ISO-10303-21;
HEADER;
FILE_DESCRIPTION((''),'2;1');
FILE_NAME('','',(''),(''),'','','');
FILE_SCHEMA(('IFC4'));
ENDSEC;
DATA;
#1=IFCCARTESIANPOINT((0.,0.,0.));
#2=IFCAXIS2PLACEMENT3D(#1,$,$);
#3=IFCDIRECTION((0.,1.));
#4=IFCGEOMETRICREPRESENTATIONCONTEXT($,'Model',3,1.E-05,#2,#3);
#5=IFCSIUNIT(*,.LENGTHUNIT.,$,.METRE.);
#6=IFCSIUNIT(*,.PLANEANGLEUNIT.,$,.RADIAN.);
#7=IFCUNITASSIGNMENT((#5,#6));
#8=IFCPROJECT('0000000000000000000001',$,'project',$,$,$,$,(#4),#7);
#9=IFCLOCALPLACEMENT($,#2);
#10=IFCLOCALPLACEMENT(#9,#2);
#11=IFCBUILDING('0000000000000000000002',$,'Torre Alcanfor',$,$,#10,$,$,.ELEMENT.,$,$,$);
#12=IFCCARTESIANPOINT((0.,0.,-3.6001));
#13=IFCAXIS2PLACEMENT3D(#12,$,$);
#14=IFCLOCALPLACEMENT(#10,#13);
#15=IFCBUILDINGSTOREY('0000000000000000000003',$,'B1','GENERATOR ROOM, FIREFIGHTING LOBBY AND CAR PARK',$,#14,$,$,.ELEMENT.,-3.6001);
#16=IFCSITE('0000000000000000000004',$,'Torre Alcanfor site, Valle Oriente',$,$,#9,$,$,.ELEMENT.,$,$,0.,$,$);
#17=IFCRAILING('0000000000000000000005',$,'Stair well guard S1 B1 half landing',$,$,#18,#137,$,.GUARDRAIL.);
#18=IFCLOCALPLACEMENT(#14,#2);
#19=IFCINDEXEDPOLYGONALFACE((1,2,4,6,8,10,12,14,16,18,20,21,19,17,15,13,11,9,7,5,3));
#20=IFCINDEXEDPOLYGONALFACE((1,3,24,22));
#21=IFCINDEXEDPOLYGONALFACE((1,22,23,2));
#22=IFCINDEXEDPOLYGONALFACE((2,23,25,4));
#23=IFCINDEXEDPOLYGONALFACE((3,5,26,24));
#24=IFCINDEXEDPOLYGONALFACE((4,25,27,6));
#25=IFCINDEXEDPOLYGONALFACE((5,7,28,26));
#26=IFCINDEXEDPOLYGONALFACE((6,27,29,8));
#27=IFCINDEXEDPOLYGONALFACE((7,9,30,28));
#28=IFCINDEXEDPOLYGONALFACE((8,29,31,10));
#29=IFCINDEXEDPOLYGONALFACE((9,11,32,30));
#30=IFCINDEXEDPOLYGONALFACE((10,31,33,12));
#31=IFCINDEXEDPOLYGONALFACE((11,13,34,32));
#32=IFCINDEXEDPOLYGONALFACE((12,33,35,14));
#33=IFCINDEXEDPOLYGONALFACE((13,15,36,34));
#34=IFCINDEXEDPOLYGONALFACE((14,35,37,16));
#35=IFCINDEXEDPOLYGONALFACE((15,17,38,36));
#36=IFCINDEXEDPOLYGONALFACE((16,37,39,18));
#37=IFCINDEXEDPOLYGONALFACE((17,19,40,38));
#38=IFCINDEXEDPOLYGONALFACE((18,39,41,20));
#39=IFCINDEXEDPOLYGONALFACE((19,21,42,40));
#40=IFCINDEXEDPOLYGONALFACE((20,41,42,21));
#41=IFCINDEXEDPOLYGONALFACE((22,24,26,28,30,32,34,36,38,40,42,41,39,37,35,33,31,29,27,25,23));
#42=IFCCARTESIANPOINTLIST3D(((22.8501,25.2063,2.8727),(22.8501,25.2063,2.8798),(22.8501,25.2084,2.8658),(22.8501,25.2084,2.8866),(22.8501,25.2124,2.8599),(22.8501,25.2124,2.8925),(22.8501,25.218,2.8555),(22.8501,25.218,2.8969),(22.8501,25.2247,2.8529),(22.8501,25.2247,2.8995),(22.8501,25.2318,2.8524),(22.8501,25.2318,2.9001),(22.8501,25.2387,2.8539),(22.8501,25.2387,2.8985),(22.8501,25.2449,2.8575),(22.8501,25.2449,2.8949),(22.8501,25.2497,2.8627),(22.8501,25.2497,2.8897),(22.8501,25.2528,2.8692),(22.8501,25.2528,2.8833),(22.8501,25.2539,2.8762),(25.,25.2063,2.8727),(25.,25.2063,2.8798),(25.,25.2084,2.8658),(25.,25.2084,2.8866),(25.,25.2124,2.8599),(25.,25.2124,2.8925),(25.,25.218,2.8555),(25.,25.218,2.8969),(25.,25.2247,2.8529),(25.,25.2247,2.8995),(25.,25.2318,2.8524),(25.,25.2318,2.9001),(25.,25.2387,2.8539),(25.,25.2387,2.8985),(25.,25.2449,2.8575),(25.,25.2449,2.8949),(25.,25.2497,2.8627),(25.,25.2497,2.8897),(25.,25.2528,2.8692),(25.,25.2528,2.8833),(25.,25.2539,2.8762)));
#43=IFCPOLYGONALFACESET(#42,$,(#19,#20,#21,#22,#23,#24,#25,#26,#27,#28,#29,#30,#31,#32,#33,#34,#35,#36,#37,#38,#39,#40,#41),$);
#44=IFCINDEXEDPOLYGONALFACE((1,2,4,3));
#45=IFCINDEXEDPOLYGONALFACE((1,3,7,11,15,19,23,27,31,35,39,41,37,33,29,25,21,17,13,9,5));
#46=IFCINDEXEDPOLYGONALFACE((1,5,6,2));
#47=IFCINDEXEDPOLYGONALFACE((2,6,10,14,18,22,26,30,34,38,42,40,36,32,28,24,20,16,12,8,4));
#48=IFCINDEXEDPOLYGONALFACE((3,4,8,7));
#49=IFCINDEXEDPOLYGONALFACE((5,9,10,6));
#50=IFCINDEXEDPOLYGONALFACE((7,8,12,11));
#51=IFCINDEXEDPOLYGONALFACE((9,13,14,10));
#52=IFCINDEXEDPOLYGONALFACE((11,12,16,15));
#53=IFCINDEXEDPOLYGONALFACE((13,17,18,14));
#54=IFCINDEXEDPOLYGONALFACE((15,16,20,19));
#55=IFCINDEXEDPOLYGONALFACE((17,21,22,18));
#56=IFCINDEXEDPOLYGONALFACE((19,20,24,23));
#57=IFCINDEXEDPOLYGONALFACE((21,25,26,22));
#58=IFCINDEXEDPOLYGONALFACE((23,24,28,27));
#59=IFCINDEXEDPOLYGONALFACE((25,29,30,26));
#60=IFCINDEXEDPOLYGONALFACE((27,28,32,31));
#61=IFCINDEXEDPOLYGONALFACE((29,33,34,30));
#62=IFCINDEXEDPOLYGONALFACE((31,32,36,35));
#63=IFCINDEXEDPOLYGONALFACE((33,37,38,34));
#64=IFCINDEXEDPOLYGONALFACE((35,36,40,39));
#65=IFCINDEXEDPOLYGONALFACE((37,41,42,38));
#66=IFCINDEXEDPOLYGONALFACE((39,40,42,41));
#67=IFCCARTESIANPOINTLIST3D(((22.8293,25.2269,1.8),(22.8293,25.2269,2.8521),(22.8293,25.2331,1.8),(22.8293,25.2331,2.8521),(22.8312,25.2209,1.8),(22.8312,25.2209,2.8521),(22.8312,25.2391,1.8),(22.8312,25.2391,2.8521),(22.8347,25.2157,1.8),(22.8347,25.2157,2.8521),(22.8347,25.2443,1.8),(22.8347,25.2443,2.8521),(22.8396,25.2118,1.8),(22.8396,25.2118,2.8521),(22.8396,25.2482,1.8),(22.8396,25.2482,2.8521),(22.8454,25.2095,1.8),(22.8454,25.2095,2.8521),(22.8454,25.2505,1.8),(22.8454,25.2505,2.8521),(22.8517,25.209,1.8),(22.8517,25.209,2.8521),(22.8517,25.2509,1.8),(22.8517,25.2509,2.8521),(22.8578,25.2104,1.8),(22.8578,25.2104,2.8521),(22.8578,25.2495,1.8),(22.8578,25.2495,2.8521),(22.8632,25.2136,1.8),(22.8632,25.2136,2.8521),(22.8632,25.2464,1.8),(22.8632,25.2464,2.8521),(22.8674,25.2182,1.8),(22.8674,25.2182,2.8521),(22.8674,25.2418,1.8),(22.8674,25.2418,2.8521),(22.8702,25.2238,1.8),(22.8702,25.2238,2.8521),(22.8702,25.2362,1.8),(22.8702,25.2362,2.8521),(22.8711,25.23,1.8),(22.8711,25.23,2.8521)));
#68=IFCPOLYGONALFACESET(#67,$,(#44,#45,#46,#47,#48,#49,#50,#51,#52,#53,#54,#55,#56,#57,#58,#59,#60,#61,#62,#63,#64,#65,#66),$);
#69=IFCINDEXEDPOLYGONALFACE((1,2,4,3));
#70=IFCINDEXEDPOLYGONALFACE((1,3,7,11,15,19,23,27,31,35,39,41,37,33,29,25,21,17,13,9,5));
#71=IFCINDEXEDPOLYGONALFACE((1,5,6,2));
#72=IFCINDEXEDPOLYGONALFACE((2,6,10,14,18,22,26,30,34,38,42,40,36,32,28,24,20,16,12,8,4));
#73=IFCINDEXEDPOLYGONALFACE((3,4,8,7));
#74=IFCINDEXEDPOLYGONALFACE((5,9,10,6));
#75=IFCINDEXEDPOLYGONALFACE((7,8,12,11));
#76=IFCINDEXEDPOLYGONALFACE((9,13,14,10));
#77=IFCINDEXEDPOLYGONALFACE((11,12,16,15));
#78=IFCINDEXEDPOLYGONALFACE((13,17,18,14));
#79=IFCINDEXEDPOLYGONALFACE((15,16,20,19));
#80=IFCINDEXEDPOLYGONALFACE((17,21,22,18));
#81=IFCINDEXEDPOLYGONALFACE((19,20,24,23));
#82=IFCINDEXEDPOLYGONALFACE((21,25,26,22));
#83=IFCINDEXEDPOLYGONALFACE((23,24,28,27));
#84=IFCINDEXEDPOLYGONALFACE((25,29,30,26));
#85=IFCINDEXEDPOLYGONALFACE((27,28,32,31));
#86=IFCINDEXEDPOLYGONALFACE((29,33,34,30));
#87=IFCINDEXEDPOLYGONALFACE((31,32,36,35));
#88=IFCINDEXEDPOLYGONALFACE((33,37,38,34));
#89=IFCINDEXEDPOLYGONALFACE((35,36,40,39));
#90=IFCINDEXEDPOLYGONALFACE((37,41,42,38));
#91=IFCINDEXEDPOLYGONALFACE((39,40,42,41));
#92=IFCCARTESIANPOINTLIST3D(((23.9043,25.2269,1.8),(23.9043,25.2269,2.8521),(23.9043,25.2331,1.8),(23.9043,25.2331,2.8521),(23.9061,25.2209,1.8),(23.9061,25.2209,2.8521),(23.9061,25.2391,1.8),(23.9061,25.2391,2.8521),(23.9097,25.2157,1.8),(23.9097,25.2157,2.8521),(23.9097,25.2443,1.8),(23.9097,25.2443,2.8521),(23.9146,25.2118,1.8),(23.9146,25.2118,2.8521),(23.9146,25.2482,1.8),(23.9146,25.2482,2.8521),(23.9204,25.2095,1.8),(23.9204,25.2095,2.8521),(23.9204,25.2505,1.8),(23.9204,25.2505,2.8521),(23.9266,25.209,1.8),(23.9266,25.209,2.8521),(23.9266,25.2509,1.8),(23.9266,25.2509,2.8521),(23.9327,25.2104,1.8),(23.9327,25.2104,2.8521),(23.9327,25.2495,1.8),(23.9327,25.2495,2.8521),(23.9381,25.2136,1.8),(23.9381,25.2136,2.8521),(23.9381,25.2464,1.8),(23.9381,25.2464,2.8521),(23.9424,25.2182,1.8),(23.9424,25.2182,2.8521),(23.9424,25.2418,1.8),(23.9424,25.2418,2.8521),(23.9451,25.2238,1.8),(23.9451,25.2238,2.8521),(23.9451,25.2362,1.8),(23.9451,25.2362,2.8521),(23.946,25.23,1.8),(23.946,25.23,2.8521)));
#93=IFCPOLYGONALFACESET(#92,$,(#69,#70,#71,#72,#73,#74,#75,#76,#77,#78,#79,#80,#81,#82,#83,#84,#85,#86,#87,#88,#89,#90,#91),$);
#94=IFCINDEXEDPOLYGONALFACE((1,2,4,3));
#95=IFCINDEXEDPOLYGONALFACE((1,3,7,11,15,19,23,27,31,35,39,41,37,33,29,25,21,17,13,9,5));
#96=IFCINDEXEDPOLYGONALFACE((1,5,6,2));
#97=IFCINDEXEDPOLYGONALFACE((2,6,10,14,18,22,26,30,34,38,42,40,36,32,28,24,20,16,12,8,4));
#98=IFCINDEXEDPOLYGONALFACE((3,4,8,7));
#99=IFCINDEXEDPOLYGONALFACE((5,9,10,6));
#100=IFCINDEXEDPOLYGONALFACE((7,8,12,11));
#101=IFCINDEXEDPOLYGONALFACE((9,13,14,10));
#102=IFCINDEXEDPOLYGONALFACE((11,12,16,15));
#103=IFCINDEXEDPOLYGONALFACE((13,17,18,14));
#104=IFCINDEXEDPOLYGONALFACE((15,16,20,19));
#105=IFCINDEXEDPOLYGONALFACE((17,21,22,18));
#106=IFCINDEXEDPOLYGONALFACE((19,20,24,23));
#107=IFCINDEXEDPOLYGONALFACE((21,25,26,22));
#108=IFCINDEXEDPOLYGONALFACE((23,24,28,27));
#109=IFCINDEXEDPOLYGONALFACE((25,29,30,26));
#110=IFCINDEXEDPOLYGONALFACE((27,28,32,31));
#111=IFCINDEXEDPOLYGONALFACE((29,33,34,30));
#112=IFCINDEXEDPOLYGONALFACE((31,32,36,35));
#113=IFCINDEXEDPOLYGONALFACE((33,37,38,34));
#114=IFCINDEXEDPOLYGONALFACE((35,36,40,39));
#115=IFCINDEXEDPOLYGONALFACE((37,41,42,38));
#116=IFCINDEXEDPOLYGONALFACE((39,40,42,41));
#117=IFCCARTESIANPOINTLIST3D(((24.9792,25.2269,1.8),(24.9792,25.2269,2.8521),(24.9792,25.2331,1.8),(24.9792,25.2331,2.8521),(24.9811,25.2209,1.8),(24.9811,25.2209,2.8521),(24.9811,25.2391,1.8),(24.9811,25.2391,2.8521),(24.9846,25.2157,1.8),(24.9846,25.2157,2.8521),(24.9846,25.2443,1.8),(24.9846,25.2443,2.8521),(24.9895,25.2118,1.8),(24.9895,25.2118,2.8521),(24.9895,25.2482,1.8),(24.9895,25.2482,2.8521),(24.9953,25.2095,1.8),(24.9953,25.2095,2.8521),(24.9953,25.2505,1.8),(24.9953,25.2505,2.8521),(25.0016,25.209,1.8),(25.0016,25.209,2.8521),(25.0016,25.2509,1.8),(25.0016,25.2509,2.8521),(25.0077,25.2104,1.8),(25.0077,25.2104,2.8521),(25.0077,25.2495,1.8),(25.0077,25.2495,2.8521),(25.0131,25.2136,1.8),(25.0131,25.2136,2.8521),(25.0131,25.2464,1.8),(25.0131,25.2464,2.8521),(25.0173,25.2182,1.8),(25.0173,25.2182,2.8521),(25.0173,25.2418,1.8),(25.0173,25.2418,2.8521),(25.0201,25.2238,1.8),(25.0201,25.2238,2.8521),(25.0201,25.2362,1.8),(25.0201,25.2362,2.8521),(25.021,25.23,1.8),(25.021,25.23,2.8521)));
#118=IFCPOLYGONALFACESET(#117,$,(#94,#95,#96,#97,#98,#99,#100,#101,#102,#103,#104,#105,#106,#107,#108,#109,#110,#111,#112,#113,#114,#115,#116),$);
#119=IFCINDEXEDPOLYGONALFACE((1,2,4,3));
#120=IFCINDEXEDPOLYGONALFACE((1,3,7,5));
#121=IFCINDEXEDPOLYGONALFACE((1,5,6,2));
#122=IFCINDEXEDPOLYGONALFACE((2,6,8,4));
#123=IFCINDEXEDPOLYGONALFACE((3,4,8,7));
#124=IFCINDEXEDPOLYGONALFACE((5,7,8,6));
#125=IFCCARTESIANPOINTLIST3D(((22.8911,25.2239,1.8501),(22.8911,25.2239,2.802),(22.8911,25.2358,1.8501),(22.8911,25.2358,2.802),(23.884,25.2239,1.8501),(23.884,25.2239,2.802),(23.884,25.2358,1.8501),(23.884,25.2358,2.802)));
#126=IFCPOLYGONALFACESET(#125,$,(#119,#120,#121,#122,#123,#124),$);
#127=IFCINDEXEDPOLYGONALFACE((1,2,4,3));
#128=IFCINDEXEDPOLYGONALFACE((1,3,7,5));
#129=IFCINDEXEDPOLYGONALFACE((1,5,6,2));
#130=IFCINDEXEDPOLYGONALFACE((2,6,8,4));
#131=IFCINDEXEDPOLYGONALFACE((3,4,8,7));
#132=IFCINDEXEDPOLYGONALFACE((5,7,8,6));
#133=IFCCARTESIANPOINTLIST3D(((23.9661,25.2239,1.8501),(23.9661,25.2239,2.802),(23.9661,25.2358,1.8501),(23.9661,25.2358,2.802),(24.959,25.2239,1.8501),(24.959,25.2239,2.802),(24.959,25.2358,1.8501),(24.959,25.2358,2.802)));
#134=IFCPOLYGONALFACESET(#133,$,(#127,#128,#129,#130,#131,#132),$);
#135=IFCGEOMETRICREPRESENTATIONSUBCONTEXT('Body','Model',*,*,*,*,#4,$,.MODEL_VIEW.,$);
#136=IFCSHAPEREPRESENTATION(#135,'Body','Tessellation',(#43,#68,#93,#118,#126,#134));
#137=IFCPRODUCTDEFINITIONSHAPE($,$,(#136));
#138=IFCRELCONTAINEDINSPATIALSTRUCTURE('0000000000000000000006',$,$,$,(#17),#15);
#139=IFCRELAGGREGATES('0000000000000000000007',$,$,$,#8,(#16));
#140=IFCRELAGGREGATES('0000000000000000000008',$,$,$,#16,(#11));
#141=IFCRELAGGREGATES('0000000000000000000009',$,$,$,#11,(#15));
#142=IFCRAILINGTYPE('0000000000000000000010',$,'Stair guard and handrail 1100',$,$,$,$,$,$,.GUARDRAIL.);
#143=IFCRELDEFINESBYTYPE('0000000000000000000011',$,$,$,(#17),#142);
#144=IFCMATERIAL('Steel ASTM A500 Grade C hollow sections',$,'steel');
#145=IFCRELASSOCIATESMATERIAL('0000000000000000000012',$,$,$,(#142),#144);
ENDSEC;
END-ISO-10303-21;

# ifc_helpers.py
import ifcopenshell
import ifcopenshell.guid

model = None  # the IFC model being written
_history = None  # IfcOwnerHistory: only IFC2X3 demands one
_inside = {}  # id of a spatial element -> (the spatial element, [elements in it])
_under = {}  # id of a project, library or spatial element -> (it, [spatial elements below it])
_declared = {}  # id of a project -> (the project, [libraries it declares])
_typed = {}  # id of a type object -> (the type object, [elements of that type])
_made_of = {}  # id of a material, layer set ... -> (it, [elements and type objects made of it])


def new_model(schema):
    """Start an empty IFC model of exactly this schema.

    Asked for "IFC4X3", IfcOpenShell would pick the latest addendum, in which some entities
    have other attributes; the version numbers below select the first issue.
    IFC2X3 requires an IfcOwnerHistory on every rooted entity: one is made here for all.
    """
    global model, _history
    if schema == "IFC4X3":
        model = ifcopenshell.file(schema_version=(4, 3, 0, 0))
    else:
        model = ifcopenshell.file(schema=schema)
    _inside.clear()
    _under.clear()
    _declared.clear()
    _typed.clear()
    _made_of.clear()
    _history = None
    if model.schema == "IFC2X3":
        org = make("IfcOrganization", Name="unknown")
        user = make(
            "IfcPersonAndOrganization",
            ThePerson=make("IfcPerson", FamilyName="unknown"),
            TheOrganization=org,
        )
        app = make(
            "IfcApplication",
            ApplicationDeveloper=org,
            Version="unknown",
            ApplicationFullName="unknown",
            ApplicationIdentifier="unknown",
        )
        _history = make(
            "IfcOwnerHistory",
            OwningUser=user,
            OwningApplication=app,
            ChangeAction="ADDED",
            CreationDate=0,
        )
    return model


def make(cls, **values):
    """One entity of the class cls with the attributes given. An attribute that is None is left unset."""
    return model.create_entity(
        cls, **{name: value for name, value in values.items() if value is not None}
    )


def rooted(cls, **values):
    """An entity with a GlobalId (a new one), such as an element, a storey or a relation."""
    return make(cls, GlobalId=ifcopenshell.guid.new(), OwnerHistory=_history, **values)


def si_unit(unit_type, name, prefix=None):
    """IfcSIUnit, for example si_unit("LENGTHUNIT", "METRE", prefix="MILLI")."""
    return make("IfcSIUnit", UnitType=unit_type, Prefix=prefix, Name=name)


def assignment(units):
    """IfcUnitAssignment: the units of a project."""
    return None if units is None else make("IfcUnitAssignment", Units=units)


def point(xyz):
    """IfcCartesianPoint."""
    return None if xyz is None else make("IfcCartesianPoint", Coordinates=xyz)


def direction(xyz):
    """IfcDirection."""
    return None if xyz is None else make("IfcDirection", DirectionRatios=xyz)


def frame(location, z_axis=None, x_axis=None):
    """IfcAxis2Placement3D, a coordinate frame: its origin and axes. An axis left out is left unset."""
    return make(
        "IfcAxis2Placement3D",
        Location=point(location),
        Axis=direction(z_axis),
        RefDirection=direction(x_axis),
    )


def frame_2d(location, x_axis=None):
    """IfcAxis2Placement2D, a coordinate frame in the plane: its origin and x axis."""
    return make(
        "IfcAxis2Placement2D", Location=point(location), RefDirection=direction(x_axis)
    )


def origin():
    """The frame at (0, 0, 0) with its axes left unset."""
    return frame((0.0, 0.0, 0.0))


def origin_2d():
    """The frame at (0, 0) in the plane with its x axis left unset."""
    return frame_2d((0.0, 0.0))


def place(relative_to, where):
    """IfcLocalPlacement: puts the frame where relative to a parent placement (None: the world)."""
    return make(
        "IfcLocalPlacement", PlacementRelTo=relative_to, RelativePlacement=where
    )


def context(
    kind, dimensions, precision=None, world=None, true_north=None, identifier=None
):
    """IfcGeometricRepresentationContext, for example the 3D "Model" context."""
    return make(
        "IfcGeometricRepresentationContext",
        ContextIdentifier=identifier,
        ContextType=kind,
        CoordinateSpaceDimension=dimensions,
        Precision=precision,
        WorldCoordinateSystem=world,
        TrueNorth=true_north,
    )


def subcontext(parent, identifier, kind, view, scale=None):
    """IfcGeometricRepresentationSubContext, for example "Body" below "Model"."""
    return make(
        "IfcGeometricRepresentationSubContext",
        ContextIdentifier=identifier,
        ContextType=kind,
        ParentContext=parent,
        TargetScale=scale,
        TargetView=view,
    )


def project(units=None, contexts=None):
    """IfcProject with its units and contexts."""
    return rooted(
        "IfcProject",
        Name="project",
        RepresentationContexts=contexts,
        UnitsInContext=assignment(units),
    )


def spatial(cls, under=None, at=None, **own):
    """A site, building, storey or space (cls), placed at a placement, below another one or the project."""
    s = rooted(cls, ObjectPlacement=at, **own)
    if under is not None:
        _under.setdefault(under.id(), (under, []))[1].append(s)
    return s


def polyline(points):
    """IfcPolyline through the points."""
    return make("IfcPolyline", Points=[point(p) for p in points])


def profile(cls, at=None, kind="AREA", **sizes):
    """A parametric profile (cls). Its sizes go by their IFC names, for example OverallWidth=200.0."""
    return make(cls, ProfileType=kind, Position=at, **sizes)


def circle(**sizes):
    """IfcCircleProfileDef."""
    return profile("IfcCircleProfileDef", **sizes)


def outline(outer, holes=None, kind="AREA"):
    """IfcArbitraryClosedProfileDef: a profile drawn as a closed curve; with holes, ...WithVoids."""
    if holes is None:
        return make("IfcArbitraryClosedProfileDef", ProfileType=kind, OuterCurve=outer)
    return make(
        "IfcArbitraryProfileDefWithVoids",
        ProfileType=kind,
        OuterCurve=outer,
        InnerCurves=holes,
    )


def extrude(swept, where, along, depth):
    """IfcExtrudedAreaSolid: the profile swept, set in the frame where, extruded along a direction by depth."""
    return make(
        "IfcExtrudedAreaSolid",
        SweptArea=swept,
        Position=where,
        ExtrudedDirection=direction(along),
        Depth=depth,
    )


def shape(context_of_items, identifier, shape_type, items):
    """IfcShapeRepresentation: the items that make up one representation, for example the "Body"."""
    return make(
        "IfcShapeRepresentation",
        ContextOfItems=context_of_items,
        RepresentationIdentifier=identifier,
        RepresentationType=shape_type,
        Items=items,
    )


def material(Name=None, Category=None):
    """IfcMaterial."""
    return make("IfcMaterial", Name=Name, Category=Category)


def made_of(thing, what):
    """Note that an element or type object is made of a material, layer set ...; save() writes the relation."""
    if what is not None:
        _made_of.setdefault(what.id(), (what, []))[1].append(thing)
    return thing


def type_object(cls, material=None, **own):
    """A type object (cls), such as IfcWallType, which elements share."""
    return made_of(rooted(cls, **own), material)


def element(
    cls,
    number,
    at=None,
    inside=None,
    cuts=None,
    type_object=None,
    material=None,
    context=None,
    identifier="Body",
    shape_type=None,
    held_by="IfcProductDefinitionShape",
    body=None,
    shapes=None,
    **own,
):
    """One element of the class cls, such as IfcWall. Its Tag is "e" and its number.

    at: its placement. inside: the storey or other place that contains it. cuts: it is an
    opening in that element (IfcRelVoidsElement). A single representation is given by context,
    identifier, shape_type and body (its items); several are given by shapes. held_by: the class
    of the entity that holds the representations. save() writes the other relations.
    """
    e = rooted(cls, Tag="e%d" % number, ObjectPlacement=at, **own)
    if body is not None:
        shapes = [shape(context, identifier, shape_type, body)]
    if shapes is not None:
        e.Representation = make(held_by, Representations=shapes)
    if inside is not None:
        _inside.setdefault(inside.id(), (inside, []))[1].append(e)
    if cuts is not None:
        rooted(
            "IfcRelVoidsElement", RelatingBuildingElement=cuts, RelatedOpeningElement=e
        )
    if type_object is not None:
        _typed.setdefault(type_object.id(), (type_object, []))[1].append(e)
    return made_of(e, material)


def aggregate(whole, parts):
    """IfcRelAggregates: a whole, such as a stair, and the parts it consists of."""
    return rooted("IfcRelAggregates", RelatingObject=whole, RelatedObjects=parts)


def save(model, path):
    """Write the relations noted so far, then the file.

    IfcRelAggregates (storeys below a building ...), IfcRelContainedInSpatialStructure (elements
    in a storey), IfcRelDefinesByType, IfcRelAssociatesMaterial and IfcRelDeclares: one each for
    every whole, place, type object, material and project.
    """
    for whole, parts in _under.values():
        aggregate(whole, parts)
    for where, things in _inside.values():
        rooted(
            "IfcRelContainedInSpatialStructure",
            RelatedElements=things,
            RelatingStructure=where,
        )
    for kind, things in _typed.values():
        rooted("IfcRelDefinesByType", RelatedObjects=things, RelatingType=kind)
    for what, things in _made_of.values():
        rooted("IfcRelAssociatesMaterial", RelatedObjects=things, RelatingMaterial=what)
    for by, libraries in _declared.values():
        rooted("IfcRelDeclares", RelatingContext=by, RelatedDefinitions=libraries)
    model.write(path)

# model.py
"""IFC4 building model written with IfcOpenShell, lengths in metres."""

from ifc_helpers import new_model, si_unit, direction, frame, origin, origin_2d, place, context, subcontext, project, spatial, polyline, circle, outline, extrude, material, type_object, element, save


model = new_model("IFC4")

# Units and contexts
model_context = context("Model", 3, precision=1e-05, world=origin(), true_north=direction((0.0, 1.0)))
body_context = subcontext(model_context, "Body", "Model", "MODEL_VIEW")
ifc_project = project(units=[si_unit("LENGTHUNIT", "METRE"), si_unit("PLANEANGLEUNIT", "RADIAN")], contexts=[model_context])

# Site, building, storey
site_placement = place(None, origin())
site = spatial("IfcSite", under=ifc_project, at=site_placement, Name="Torre Alcanfor site, Valle Oriente", CompositionType="ELEMENT", RefElevation=0.0)
building_placement = place(site_placement, origin())
building = spatial("IfcBuilding", under=site, at=building_placement, Name="Torre Alcanfor", CompositionType="ELEMENT")
storey_placement = place(building_placement, frame((0.0, 0.0, -3.6001)))
storey = spatial("IfcBuildingStorey", under=building, at=storey_placement, Name="B1", Description="GENERATOR ROOM, FIREFIGHTING LOBBY AND CAR PARK", CompositionType="ELEMENT", Elevation=-3.6001)

# Railing
ifc_material_1 = material(Name="Steel ASTM A500 Grade C hollow sections", Category="steel")
railing_type_1 = type_object("IfcRailingType", Name="Stair guard and handrail 1100", PredefinedType="GUARDRAIL", material=ifc_material_1)
railing_1_placement = place(storey_placement, frame((22.8501, 25.23, 1.8)))
element("IfcRailing", 1, at=railing_1_placement, inside=storey, type_object=railing_type_1, Name="Stair well guard S1 B1 half landing", PredefinedType="GUARDRAIL", context=body_context, shape_type="SweptSolid", body=[
    extrude(circle(Radius=0.0239, at=origin_2d()), frame((0.0, 0.0, 1.0762), z_axis=(1.0, 0.0, 0.0), x_axis=(0.0, 1.0, 0.0)), (0.0, 0.0, 1.0), 2.1499),
    extrude(circle(Radius=0.021, at=origin_2d()), origin(), (0.0, 0.0, 1.0), 1.052),
    extrude(circle(Radius=0.021, at=origin_2d()), frame((1.075, 0.0, 0.0)), (0.0, 0.0, 1.0), 1.052),
    extrude(circle(Radius=0.021, at=origin_2d()), frame((2.1499, 0.0, 0.0)), (0.0, 0.0, 1.0), 1.052),
    extrude(outline(polyline([(0.041, 0.05), (1.0339, 0.05), (1.0339, 1.002), (0.041, 1.002), (0.041, 0.05)])), frame((0.0, 0.0059, 0.0), z_axis=(0.0, -1.0, 0.0), x_axis=(1.0, 0.0, 0.0)), (0.0, 0.0, 1.0), 0.012),
    extrude(outline(polyline([(1.116, 0.05), (2.1089, 0.05), (2.1089, 1.002), (1.116, 1.002), (1.116, 0.05)])), frame((0.0, 0.0059, 0.0), z_axis=(0.0, -1.0, 0.0), x_axis=(1.0, 0.0, 0.0)), (0.0, 0.0, 1.0), 0.012),
])

save(model, "model.ifc")
